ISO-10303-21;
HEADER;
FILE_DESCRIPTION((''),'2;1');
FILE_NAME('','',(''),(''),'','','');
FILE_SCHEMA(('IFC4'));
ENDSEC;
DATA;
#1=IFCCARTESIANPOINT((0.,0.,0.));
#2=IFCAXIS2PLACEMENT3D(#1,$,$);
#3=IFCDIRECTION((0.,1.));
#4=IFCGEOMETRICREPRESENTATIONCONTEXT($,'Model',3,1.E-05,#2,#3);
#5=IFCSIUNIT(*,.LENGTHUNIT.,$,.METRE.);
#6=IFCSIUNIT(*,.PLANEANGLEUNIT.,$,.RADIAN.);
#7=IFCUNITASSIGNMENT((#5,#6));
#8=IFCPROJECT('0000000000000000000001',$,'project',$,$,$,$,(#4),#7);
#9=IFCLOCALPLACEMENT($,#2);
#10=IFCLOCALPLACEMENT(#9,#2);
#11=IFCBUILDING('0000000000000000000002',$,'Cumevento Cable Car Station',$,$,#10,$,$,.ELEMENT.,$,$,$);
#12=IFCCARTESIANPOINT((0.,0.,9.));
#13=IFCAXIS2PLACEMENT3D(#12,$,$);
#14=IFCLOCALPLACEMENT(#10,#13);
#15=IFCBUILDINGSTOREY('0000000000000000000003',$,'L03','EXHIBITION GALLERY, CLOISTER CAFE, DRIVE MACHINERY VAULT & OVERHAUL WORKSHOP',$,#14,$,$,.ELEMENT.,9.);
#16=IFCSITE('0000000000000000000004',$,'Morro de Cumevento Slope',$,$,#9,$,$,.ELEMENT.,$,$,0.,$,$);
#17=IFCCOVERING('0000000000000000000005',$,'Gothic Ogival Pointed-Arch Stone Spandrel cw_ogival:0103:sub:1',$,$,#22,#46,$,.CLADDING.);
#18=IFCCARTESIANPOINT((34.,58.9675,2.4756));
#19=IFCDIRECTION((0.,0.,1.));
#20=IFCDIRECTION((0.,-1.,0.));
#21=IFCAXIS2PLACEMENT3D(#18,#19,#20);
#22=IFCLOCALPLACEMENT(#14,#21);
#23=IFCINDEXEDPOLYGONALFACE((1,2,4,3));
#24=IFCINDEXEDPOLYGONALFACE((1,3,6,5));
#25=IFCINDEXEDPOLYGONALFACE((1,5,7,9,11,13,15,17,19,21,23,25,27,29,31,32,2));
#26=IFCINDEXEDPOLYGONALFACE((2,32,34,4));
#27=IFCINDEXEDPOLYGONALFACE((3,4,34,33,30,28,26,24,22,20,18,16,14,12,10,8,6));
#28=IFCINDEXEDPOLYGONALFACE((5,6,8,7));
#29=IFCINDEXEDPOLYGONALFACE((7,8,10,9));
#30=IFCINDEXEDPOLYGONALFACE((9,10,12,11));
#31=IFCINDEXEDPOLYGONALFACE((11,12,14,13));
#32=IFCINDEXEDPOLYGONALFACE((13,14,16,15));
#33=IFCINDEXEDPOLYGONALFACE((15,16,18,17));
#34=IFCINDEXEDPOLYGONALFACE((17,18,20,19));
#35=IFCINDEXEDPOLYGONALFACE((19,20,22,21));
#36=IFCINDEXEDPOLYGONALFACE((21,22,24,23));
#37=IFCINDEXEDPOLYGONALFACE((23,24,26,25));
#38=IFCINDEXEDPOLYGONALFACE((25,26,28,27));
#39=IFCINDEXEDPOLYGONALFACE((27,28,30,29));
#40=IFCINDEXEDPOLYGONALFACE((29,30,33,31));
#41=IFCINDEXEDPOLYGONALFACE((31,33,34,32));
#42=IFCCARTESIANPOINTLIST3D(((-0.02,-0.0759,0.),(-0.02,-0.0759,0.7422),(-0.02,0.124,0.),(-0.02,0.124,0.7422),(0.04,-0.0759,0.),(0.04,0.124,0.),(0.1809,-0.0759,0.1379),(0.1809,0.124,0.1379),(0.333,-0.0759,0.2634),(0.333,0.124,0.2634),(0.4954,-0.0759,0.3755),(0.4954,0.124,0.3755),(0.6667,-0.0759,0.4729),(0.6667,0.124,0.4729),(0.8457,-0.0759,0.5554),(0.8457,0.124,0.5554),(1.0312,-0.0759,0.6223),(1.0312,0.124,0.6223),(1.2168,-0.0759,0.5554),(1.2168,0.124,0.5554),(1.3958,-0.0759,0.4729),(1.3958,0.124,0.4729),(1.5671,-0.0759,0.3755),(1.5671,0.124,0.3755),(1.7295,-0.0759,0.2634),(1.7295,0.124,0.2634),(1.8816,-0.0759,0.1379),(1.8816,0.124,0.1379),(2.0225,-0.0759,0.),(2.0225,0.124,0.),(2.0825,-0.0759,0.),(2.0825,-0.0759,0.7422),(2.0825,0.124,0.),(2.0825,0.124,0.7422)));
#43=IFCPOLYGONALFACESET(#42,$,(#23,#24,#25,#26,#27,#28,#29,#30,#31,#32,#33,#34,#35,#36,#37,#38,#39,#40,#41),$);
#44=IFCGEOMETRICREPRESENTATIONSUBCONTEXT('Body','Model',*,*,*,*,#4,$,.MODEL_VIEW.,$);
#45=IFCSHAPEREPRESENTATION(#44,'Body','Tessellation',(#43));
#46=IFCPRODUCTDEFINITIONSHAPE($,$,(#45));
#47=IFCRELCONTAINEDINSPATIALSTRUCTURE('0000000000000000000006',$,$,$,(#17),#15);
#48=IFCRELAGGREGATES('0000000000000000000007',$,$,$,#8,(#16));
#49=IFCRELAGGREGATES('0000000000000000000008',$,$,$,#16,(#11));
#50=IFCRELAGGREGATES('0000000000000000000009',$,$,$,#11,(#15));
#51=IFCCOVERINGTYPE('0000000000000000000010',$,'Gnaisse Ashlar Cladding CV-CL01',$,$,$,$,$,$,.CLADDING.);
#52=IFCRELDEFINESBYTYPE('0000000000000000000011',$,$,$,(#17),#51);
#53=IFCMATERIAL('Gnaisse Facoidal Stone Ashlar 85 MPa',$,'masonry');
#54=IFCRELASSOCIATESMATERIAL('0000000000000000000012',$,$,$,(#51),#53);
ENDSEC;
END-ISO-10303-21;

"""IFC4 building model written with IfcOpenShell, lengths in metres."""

from ifc_helpers import new_model, si_unit, direction, frame, origin, place, context, subcontext, project, spatial, polyline, outline, extrude, material, type_object, element, save


model = new_model("IFC4")

# Units and contexts
model_context = context("Model", 3, precision=1e-05, world=origin(), true_north=direction((0.0, 1.0)))
body_context = subcontext(model_context, "Body", "Model", "MODEL_VIEW")
ifc_project = project(units=[si_unit("LENGTHUNIT", "METRE"), si_unit("PLANEANGLEUNIT", "RADIAN")], contexts=[model_context])

# Site, building, storey
site_placement = place(None, origin())
site = spatial("IfcSite", under=ifc_project, at=site_placement, Name="Morro de Cumevento Slope", CompositionType="ELEMENT", RefElevation=0.0)
building_placement = place(site_placement, origin())
building = spatial("IfcBuilding", under=site, at=building_placement, Name="Cumevento Cable Car Station", CompositionType="ELEMENT")
storey_placement = place(building_placement, frame((0.0, 0.0, 9.0)))
storey = spatial("IfcBuildingStorey", under=building, at=storey_placement, Name="L03", Description="EXHIBITION GALLERY, CLOISTER CAFE, DRIVE MACHINERY VAULT & OVERHAUL WORKSHOP", CompositionType="ELEMENT", Elevation=9.0)

# Covering
ifc_material_1 = material(Name="Gnaisse Facoidal Stone Ashlar 85 MPa", Category="masonry")
covering_type = type_object("IfcCoveringType", Name="Gnaisse Ashlar Cladding CV-CL01", PredefinedType="CLADDING", material=ifc_material_1)
covering_placement = place(storey_placement, frame((34.0, 58.9675, 2.4756), z_axis=(0.0, 0.0, 1.0), x_axis=(0.0, -1.0, 0.0)))
element("IfcCovering", 1, at=covering_placement, inside=storey, type_object=covering_type, Name="Gothic Ogival Pointed-Arch Stone Spandrel cw_ogival:0103:sub:1", PredefinedType="CLADDING", context=body_context, shape_type="SweptSolid", body=[
    extrude(outline(polyline([(-0.02, 0.0), (-0.02, 0.7422), (2.0825, 0.7422), (2.0825, 0.0), (2.0225, 0.0), (1.8816, 0.1379), (1.7295, 0.2634), (1.5671, 0.3755), (1.3958, 0.4729), (1.2168, 0.5554), (1.0312, 0.6223), (0.8457, 0.5554), (0.6667, 0.4729), (0.4954, 0.3755), (0.333, 0.2634), (0.1809, 0.1379), (0.04, 0.0), (-0.02, 0.0)])), frame((0.0, 0.124, 0.0), z_axis=(0.0, -1.0, 0.0), x_axis=(1.0, 0.0, 0.0)), (0.0, 0.0, 1.0), 0.2),
])

save(model, "model.ifc")
